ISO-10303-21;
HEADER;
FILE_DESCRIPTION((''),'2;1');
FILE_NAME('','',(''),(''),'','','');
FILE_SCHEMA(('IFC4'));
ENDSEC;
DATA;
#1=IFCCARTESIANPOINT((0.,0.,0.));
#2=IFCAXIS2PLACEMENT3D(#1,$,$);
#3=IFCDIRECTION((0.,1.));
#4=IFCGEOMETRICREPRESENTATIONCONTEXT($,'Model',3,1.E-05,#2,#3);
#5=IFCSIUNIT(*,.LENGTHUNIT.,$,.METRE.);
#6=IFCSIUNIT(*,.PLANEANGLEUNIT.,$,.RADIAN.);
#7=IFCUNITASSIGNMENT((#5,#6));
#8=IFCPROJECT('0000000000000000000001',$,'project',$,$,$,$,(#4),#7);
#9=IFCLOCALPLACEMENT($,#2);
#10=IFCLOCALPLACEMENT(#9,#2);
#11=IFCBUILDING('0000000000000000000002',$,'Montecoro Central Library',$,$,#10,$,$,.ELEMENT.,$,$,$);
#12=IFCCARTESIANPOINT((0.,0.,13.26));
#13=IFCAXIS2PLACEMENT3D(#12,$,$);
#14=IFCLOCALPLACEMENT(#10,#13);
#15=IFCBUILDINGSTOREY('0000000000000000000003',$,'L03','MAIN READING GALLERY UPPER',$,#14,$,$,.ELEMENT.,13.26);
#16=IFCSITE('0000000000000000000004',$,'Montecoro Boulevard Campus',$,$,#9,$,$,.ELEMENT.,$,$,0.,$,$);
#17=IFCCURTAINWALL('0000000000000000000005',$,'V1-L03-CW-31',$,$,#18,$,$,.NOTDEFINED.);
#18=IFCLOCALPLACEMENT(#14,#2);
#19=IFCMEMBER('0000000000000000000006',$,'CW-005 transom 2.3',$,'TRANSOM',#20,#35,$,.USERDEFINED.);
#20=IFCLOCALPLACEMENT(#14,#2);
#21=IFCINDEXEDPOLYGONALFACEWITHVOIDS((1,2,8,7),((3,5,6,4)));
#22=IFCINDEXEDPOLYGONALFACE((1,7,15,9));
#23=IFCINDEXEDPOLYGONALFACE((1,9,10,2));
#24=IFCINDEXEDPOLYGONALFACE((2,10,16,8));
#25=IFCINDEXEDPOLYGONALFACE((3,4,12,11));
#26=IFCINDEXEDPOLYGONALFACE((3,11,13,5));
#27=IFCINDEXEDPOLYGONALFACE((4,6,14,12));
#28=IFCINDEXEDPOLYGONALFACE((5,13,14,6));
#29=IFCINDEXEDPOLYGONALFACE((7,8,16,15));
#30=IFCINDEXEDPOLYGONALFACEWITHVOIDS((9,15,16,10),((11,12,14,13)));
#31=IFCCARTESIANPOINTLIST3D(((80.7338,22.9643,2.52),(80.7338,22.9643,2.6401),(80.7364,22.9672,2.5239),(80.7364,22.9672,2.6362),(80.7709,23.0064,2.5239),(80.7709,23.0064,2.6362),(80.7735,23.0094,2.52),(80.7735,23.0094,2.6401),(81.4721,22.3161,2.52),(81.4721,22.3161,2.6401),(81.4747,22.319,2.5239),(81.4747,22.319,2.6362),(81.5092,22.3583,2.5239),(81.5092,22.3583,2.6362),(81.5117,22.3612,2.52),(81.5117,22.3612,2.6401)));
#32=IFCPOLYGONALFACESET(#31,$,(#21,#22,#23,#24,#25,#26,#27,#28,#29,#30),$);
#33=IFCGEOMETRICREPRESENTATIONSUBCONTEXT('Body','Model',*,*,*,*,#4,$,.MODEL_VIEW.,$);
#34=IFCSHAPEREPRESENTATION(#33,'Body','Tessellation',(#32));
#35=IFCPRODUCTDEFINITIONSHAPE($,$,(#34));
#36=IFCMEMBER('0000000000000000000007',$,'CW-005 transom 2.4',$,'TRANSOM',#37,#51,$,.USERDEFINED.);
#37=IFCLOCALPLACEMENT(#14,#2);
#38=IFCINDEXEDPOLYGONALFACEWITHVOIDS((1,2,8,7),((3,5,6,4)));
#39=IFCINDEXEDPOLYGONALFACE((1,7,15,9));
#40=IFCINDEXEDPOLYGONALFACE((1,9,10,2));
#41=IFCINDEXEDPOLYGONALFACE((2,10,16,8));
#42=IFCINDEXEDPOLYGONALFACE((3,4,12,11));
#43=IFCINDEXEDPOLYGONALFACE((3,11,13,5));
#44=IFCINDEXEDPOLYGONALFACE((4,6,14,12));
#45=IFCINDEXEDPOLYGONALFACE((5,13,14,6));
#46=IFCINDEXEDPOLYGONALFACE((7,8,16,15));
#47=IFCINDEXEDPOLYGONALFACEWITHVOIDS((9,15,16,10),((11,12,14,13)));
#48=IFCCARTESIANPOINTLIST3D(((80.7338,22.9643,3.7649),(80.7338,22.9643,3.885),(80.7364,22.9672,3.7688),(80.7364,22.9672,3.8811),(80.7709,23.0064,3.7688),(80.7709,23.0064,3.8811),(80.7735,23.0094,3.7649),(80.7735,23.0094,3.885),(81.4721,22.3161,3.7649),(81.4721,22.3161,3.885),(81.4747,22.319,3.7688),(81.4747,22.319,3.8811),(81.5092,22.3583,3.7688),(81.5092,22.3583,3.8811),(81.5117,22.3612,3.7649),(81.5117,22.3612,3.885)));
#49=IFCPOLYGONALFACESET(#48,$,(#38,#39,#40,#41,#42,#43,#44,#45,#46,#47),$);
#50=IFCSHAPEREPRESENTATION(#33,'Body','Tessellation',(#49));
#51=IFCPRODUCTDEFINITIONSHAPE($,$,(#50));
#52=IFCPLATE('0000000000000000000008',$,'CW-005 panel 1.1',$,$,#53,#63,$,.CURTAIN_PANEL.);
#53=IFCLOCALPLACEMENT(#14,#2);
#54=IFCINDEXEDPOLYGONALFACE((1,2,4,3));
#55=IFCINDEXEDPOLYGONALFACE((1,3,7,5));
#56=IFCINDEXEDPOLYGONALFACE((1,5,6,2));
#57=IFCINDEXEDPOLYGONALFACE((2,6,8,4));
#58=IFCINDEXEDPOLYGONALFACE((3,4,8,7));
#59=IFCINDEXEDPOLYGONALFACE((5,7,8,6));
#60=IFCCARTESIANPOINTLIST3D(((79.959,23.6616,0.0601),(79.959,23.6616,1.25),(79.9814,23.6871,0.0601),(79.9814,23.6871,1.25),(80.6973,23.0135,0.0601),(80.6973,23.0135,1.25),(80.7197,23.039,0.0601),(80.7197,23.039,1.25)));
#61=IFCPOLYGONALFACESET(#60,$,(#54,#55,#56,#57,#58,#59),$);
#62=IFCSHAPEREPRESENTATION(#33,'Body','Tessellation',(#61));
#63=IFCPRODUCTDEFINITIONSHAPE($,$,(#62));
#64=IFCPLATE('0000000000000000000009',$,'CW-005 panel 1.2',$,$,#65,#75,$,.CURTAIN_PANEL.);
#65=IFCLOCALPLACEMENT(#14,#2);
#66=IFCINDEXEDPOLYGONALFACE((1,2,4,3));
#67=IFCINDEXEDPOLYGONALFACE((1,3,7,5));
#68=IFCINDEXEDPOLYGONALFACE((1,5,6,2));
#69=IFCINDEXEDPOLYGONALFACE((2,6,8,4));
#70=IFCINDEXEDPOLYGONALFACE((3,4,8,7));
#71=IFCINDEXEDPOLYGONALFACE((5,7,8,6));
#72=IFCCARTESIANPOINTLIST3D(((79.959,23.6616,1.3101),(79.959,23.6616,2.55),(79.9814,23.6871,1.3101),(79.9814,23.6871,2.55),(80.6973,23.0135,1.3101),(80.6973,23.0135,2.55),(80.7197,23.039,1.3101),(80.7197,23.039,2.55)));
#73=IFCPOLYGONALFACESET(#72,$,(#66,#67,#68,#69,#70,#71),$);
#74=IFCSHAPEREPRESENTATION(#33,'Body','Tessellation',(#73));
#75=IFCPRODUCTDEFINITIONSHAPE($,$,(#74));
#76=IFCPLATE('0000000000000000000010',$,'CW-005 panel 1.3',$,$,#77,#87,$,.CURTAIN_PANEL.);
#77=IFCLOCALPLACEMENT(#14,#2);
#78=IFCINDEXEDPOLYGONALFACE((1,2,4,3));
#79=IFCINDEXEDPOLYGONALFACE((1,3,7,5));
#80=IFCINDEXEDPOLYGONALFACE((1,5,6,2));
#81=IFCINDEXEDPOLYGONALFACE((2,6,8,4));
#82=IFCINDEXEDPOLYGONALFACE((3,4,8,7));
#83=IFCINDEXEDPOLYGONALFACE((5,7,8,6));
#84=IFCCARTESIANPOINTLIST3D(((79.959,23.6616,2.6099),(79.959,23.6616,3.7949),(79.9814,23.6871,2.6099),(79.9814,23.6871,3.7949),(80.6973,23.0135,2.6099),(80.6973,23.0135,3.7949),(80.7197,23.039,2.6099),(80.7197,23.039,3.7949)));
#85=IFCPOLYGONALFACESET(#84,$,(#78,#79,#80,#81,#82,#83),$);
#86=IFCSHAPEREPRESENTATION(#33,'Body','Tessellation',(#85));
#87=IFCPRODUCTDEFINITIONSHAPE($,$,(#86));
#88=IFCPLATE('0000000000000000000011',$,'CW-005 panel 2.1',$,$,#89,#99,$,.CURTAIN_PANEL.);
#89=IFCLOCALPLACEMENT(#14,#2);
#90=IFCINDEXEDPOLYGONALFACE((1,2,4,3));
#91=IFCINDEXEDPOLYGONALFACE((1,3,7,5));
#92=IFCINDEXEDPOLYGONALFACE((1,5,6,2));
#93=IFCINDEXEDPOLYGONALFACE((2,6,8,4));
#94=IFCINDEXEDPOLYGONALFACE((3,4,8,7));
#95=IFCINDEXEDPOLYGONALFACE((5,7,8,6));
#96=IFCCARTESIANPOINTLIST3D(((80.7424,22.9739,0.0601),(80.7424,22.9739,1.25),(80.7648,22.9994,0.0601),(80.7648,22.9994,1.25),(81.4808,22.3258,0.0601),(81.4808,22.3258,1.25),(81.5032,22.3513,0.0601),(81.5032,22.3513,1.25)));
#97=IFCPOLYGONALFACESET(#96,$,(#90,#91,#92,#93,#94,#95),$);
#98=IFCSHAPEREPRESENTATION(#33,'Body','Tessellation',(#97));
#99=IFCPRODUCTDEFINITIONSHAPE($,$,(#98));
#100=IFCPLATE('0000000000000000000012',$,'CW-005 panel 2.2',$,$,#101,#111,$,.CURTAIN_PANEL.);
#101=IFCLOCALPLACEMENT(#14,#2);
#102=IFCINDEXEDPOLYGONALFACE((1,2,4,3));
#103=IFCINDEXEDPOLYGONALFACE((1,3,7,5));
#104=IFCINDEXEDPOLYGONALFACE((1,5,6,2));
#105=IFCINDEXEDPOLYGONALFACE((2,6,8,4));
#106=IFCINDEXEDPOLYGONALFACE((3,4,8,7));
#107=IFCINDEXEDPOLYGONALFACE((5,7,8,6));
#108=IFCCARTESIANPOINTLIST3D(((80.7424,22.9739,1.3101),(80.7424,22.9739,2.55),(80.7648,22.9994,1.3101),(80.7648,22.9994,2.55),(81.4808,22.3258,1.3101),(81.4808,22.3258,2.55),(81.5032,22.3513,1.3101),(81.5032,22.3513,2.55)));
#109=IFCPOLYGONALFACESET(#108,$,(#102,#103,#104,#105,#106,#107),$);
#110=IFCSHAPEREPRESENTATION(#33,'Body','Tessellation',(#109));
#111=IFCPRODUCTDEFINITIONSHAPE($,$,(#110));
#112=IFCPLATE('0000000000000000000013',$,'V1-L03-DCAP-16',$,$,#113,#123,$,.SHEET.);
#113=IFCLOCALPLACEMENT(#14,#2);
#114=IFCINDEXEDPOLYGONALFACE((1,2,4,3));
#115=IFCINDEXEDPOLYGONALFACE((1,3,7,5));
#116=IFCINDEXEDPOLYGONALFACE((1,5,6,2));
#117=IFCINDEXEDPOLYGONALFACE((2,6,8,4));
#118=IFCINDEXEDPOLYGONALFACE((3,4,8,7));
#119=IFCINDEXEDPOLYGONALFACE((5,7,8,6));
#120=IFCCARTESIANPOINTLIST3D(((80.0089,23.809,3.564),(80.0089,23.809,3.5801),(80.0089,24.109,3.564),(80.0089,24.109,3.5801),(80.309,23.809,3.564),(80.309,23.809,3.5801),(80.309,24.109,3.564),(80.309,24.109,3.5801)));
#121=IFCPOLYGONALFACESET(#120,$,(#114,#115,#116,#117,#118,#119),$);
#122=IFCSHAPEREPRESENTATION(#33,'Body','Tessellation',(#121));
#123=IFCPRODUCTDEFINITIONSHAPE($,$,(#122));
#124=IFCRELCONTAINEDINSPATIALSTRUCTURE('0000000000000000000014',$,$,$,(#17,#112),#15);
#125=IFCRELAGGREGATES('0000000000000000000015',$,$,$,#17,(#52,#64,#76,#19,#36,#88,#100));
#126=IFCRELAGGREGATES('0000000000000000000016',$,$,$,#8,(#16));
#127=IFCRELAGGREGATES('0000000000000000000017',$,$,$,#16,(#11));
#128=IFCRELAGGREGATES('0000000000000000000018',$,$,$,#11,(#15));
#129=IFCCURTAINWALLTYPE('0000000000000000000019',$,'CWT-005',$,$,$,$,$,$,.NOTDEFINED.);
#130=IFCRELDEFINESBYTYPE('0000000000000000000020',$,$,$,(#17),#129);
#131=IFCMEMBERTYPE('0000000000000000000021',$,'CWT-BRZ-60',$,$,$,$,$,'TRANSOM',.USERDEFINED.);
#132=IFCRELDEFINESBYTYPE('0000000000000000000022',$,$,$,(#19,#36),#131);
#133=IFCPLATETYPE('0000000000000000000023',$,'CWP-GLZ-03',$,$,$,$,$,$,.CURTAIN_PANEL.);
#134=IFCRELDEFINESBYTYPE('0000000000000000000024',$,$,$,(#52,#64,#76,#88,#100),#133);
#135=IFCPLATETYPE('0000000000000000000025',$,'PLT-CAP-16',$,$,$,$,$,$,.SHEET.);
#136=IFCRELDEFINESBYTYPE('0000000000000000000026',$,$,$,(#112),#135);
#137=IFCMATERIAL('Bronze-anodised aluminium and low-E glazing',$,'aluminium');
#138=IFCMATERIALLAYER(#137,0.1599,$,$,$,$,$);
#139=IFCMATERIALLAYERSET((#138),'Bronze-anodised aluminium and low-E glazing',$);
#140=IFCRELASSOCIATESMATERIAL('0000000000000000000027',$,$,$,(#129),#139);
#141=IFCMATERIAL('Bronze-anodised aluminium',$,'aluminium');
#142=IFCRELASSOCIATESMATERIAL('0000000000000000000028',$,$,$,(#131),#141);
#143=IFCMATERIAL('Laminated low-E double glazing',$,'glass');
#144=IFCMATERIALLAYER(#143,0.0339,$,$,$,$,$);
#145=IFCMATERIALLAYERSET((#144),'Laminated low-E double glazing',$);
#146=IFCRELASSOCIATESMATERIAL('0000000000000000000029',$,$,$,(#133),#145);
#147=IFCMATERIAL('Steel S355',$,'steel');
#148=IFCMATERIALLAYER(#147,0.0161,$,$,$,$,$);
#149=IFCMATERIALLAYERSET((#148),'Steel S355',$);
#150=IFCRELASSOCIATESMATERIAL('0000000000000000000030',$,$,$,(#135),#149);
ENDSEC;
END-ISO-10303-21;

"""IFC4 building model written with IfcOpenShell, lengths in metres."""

from ifc_helpers import new_model, si_unit, direction, frame, origin, origin_2d, place, context, subcontext, project, spatial, rectangle, hollow_rectangle, extrude, material, layer, layer_set, material_profile, profile_set, type_object, element, aggregate, save


model = new_model("IFC4")

# Units and contexts
model_context = context("Model", 3, precision=1e-05, world=origin(), true_north=direction((0.0, 1.0)))
body_context = subcontext(model_context, "Body", "Model", "MODEL_VIEW")
ifc_project = project(units=[si_unit("LENGTHUNIT", "METRE"), si_unit("PLANEANGLEUNIT", "RADIAN")], contexts=[model_context])

# Site, building, storey
site_placement = place(None, origin())
site = spatial("IfcSite", under=ifc_project, at=site_placement, Name="Montecoro Boulevard Campus", CompositionType="ELEMENT", RefElevation=0.0)
building_placement = place(site_placement, origin())
building = spatial("IfcBuilding", under=site, at=building_placement, Name="Montecoro Central Library", CompositionType="ELEMENT")
storey_placement = place(building_placement, frame((0.0, 0.0, 13.26)))
storey = spatial("IfcBuildingStorey", under=building, at=storey_placement, Name="L03", Description="MAIN READING GALLERY UPPER", CompositionType="ELEMENT", Elevation=13.26)

# Shared definitions
ifc_material_1 = material(Name="Steel S355", Category="steel")

# Curtain wall, members, plates
ifc_material_2 = material(Name="Bronze-anodised aluminium and low-E glazing", Category="aluminium")
ifc_layer_1 = layer(ifc_material_2, 0.1599)
ifc_layer_set_1 = layer_set([ifc_layer_1], Name="Bronze-anodised aluminium and low-E glazing")
curtain_wall_type = type_object("IfcCurtainWallType", Name="CWT-005", PredefinedType="NOTDEFINED", material=ifc_layer_set_1)
curtain_wall_placement = place(storey_placement, origin())
curtain_wall = element("IfcCurtainWall", 1, at=curtain_wall_placement, inside=storey, type_object=curtain_wall_type, Name="V1-L03-CW-31", PredefinedType="NOTDEFINED")
ifc_material_3 = material(Name="Bronze-anodised aluminium", Category="aluminium")
ifc_material_profile_1 = material_profile(ifc_material_3, hollow_rectangle(XDim=0.0601, YDim=0.1201, WallThickness=0.0039, at=origin_2d()), Name="CWT 120x60x4.0")
ifc_profile_set_1 = profile_set([ifc_material_profile_1], Name="Bronze-anodised aluminium")
member_type_1 = type_object("IfcMemberType", Name="CWT-BRZ-60", ElementType="TRANSOM", PredefinedType="USERDEFINED", material=ifc_profile_set_1)
member_1_placement = place(storey_placement, frame((80.7537, 22.9868, 2.5801), z_axis=(0.751467, -0.65977, 0.0), x_axis=(0.65977, 0.751467, 0.0)))
member_1 = element("IfcMember", 2, at=member_1_placement, type_object=member_type_1, Name="CW-005 transom 2.3", ObjectType="TRANSOM", PredefinedType="USERDEFINED", context=body_context, shape_type="SweptSolid", body=[
    extrude(hollow_rectangle(XDim=0.0601, YDim=0.1201, WallThickness=0.0039, at=origin_2d()), origin(), (0.0, 0.0, 1.0), 0.9824),
])
member_2_placement = place(storey_placement, frame((80.7537, 22.9868, 3.825), z_axis=(0.751467, -0.65977, 0.0), x_axis=(0.65977, 0.751467, 0.0)))
member_2 = element("IfcMember", 3, at=member_2_placement, type_object=member_type_1, Name="CW-005 transom 2.4", ObjectType="TRANSOM", PredefinedType="USERDEFINED", context=body_context, shape_type="SweptSolid", body=[
    extrude(hollow_rectangle(XDim=0.0601, YDim=0.1201, WallThickness=0.0039, at=origin_2d()), origin(), (0.0, 0.0, 1.0), 0.9824),
])
ifc_material_4 = material(Name="Laminated low-E double glazing", Category="glass")
ifc_layer_2 = layer(ifc_material_4, 0.0339)
ifc_layer_set_2 = layer_set([ifc_layer_2], Name="Laminated low-E double glazing")
plate_type_1 = type_object("IfcPlateType", Name="CWP-GLZ-03", PredefinedType="CURTAIN_PANEL", material=ifc_layer_set_2)
plate_1_placement = place(storey_placement, frame((80.3394, 23.3503, 0.0601), z_axis=(0.0, 0.0, 1.0), x_axis=(0.751536, -0.659692, 0.0)))
plate_1 = element("IfcPlate", 4, at=plate_1_placement, type_object=plate_type_1, Name="CW-005 panel 1.1", PredefinedType="CURTAIN_PANEL", context=body_context, shape_type="SweptSolid", body=[
    extrude(rectangle(XDim=0.9824, YDim=0.0339, at=origin_2d()), origin(), (0.0, 0.0, 1.0), 1.1899),
])
plate_2_placement = place(storey_placement, frame((80.3394, 23.3503, 1.3101), z_axis=(0.0, 0.0, 1.0), x_axis=(0.751536, -0.659692, 0.0)))
plate_2 = element("IfcPlate", 5, at=plate_2_placement, type_object=plate_type_1, Name="CW-005 panel 1.2", PredefinedType="CURTAIN_PANEL", context=body_context, shape_type="SweptSolid", body=[
    extrude(rectangle(XDim=0.9824, YDim=0.0339, at=origin_2d()), origin(), (0.0, 0.0, 1.0), 1.24),
])
plate_3_placement = place(storey_placement, frame((80.3394, 23.3503, 2.6099), z_axis=(0.0, 0.0, 1.0), x_axis=(0.751536, -0.659692, 0.0)))
plate_3 = element("IfcPlate", 6, at=plate_3_placement, type_object=plate_type_1, Name="CW-005 panel 1.3", PredefinedType="CURTAIN_PANEL", context=body_context, shape_type="SweptSolid", body=[
    extrude(rectangle(XDim=0.9824, YDim=0.0339, at=origin_2d()), origin(), (0.0, 0.0, 1.0), 1.1851),
])
plate_4_placement = place(storey_placement, frame((81.1228, 22.6626, 0.0601), z_axis=(0.0, 0.0, 1.0), x_axis=(0.751536, -0.659692, 0.0)))
plate_4 = element("IfcPlate", 7, at=plate_4_placement, type_object=plate_type_1, Name="CW-005 panel 2.1", PredefinedType="CURTAIN_PANEL", context=body_context, shape_type="SweptSolid", body=[
    extrude(rectangle(XDim=0.9824, YDim=0.0339, at=origin_2d()), origin(), (0.0, 0.0, 1.0), 1.1899),
])
plate_5_placement = place(storey_placement, frame((81.1228, 22.6626, 1.3101), z_axis=(0.0, 0.0, 1.0), x_axis=(0.751536, -0.659692, 0.0)))
plate_5 = element("IfcPlate", 8, at=plate_5_placement, type_object=plate_type_1, Name="CW-005 panel 2.2", PredefinedType="CURTAIN_PANEL", context=body_context, shape_type="SweptSolid", body=[
    extrude(rectangle(XDim=0.9824, YDim=0.0339, at=origin_2d()), origin(), (0.0, 0.0, 1.0), 1.24),
])
aggregate(curtain_wall, [plate_1, plate_2, plate_3, member_1, member_2, plate_4, plate_5])

# Plate
ifc_layer_3 = layer(ifc_material_1, 0.0161)
ifc_layer_set_3 = layer_set([ifc_layer_3], Name="Steel S355")
plate_type_2 = type_object("IfcPlateType", Name="PLT-CAP-16", PredefinedType="SHEET", material=ifc_layer_set_3)
plate_6_placement = place(storey_placement, frame((80.1589, 23.959, 3.564), z_axis=(0.0, 0.0, 1.0), x_axis=(1.0, 0.0, 0.0)))
element("IfcPlate", 9, at=plate_6_placement, inside=storey, type_object=plate_type_2, Name="V1-L03-DCAP-16", PredefinedType="SHEET", context=body_context, shape_type="SweptSolid", body=[
    extrude(rectangle(XDim=0.3, YDim=0.3, at=origin_2d()), origin(), (0.0, 0.0, 1.0), 0.0161),
])

save(model, "model.ifc")
